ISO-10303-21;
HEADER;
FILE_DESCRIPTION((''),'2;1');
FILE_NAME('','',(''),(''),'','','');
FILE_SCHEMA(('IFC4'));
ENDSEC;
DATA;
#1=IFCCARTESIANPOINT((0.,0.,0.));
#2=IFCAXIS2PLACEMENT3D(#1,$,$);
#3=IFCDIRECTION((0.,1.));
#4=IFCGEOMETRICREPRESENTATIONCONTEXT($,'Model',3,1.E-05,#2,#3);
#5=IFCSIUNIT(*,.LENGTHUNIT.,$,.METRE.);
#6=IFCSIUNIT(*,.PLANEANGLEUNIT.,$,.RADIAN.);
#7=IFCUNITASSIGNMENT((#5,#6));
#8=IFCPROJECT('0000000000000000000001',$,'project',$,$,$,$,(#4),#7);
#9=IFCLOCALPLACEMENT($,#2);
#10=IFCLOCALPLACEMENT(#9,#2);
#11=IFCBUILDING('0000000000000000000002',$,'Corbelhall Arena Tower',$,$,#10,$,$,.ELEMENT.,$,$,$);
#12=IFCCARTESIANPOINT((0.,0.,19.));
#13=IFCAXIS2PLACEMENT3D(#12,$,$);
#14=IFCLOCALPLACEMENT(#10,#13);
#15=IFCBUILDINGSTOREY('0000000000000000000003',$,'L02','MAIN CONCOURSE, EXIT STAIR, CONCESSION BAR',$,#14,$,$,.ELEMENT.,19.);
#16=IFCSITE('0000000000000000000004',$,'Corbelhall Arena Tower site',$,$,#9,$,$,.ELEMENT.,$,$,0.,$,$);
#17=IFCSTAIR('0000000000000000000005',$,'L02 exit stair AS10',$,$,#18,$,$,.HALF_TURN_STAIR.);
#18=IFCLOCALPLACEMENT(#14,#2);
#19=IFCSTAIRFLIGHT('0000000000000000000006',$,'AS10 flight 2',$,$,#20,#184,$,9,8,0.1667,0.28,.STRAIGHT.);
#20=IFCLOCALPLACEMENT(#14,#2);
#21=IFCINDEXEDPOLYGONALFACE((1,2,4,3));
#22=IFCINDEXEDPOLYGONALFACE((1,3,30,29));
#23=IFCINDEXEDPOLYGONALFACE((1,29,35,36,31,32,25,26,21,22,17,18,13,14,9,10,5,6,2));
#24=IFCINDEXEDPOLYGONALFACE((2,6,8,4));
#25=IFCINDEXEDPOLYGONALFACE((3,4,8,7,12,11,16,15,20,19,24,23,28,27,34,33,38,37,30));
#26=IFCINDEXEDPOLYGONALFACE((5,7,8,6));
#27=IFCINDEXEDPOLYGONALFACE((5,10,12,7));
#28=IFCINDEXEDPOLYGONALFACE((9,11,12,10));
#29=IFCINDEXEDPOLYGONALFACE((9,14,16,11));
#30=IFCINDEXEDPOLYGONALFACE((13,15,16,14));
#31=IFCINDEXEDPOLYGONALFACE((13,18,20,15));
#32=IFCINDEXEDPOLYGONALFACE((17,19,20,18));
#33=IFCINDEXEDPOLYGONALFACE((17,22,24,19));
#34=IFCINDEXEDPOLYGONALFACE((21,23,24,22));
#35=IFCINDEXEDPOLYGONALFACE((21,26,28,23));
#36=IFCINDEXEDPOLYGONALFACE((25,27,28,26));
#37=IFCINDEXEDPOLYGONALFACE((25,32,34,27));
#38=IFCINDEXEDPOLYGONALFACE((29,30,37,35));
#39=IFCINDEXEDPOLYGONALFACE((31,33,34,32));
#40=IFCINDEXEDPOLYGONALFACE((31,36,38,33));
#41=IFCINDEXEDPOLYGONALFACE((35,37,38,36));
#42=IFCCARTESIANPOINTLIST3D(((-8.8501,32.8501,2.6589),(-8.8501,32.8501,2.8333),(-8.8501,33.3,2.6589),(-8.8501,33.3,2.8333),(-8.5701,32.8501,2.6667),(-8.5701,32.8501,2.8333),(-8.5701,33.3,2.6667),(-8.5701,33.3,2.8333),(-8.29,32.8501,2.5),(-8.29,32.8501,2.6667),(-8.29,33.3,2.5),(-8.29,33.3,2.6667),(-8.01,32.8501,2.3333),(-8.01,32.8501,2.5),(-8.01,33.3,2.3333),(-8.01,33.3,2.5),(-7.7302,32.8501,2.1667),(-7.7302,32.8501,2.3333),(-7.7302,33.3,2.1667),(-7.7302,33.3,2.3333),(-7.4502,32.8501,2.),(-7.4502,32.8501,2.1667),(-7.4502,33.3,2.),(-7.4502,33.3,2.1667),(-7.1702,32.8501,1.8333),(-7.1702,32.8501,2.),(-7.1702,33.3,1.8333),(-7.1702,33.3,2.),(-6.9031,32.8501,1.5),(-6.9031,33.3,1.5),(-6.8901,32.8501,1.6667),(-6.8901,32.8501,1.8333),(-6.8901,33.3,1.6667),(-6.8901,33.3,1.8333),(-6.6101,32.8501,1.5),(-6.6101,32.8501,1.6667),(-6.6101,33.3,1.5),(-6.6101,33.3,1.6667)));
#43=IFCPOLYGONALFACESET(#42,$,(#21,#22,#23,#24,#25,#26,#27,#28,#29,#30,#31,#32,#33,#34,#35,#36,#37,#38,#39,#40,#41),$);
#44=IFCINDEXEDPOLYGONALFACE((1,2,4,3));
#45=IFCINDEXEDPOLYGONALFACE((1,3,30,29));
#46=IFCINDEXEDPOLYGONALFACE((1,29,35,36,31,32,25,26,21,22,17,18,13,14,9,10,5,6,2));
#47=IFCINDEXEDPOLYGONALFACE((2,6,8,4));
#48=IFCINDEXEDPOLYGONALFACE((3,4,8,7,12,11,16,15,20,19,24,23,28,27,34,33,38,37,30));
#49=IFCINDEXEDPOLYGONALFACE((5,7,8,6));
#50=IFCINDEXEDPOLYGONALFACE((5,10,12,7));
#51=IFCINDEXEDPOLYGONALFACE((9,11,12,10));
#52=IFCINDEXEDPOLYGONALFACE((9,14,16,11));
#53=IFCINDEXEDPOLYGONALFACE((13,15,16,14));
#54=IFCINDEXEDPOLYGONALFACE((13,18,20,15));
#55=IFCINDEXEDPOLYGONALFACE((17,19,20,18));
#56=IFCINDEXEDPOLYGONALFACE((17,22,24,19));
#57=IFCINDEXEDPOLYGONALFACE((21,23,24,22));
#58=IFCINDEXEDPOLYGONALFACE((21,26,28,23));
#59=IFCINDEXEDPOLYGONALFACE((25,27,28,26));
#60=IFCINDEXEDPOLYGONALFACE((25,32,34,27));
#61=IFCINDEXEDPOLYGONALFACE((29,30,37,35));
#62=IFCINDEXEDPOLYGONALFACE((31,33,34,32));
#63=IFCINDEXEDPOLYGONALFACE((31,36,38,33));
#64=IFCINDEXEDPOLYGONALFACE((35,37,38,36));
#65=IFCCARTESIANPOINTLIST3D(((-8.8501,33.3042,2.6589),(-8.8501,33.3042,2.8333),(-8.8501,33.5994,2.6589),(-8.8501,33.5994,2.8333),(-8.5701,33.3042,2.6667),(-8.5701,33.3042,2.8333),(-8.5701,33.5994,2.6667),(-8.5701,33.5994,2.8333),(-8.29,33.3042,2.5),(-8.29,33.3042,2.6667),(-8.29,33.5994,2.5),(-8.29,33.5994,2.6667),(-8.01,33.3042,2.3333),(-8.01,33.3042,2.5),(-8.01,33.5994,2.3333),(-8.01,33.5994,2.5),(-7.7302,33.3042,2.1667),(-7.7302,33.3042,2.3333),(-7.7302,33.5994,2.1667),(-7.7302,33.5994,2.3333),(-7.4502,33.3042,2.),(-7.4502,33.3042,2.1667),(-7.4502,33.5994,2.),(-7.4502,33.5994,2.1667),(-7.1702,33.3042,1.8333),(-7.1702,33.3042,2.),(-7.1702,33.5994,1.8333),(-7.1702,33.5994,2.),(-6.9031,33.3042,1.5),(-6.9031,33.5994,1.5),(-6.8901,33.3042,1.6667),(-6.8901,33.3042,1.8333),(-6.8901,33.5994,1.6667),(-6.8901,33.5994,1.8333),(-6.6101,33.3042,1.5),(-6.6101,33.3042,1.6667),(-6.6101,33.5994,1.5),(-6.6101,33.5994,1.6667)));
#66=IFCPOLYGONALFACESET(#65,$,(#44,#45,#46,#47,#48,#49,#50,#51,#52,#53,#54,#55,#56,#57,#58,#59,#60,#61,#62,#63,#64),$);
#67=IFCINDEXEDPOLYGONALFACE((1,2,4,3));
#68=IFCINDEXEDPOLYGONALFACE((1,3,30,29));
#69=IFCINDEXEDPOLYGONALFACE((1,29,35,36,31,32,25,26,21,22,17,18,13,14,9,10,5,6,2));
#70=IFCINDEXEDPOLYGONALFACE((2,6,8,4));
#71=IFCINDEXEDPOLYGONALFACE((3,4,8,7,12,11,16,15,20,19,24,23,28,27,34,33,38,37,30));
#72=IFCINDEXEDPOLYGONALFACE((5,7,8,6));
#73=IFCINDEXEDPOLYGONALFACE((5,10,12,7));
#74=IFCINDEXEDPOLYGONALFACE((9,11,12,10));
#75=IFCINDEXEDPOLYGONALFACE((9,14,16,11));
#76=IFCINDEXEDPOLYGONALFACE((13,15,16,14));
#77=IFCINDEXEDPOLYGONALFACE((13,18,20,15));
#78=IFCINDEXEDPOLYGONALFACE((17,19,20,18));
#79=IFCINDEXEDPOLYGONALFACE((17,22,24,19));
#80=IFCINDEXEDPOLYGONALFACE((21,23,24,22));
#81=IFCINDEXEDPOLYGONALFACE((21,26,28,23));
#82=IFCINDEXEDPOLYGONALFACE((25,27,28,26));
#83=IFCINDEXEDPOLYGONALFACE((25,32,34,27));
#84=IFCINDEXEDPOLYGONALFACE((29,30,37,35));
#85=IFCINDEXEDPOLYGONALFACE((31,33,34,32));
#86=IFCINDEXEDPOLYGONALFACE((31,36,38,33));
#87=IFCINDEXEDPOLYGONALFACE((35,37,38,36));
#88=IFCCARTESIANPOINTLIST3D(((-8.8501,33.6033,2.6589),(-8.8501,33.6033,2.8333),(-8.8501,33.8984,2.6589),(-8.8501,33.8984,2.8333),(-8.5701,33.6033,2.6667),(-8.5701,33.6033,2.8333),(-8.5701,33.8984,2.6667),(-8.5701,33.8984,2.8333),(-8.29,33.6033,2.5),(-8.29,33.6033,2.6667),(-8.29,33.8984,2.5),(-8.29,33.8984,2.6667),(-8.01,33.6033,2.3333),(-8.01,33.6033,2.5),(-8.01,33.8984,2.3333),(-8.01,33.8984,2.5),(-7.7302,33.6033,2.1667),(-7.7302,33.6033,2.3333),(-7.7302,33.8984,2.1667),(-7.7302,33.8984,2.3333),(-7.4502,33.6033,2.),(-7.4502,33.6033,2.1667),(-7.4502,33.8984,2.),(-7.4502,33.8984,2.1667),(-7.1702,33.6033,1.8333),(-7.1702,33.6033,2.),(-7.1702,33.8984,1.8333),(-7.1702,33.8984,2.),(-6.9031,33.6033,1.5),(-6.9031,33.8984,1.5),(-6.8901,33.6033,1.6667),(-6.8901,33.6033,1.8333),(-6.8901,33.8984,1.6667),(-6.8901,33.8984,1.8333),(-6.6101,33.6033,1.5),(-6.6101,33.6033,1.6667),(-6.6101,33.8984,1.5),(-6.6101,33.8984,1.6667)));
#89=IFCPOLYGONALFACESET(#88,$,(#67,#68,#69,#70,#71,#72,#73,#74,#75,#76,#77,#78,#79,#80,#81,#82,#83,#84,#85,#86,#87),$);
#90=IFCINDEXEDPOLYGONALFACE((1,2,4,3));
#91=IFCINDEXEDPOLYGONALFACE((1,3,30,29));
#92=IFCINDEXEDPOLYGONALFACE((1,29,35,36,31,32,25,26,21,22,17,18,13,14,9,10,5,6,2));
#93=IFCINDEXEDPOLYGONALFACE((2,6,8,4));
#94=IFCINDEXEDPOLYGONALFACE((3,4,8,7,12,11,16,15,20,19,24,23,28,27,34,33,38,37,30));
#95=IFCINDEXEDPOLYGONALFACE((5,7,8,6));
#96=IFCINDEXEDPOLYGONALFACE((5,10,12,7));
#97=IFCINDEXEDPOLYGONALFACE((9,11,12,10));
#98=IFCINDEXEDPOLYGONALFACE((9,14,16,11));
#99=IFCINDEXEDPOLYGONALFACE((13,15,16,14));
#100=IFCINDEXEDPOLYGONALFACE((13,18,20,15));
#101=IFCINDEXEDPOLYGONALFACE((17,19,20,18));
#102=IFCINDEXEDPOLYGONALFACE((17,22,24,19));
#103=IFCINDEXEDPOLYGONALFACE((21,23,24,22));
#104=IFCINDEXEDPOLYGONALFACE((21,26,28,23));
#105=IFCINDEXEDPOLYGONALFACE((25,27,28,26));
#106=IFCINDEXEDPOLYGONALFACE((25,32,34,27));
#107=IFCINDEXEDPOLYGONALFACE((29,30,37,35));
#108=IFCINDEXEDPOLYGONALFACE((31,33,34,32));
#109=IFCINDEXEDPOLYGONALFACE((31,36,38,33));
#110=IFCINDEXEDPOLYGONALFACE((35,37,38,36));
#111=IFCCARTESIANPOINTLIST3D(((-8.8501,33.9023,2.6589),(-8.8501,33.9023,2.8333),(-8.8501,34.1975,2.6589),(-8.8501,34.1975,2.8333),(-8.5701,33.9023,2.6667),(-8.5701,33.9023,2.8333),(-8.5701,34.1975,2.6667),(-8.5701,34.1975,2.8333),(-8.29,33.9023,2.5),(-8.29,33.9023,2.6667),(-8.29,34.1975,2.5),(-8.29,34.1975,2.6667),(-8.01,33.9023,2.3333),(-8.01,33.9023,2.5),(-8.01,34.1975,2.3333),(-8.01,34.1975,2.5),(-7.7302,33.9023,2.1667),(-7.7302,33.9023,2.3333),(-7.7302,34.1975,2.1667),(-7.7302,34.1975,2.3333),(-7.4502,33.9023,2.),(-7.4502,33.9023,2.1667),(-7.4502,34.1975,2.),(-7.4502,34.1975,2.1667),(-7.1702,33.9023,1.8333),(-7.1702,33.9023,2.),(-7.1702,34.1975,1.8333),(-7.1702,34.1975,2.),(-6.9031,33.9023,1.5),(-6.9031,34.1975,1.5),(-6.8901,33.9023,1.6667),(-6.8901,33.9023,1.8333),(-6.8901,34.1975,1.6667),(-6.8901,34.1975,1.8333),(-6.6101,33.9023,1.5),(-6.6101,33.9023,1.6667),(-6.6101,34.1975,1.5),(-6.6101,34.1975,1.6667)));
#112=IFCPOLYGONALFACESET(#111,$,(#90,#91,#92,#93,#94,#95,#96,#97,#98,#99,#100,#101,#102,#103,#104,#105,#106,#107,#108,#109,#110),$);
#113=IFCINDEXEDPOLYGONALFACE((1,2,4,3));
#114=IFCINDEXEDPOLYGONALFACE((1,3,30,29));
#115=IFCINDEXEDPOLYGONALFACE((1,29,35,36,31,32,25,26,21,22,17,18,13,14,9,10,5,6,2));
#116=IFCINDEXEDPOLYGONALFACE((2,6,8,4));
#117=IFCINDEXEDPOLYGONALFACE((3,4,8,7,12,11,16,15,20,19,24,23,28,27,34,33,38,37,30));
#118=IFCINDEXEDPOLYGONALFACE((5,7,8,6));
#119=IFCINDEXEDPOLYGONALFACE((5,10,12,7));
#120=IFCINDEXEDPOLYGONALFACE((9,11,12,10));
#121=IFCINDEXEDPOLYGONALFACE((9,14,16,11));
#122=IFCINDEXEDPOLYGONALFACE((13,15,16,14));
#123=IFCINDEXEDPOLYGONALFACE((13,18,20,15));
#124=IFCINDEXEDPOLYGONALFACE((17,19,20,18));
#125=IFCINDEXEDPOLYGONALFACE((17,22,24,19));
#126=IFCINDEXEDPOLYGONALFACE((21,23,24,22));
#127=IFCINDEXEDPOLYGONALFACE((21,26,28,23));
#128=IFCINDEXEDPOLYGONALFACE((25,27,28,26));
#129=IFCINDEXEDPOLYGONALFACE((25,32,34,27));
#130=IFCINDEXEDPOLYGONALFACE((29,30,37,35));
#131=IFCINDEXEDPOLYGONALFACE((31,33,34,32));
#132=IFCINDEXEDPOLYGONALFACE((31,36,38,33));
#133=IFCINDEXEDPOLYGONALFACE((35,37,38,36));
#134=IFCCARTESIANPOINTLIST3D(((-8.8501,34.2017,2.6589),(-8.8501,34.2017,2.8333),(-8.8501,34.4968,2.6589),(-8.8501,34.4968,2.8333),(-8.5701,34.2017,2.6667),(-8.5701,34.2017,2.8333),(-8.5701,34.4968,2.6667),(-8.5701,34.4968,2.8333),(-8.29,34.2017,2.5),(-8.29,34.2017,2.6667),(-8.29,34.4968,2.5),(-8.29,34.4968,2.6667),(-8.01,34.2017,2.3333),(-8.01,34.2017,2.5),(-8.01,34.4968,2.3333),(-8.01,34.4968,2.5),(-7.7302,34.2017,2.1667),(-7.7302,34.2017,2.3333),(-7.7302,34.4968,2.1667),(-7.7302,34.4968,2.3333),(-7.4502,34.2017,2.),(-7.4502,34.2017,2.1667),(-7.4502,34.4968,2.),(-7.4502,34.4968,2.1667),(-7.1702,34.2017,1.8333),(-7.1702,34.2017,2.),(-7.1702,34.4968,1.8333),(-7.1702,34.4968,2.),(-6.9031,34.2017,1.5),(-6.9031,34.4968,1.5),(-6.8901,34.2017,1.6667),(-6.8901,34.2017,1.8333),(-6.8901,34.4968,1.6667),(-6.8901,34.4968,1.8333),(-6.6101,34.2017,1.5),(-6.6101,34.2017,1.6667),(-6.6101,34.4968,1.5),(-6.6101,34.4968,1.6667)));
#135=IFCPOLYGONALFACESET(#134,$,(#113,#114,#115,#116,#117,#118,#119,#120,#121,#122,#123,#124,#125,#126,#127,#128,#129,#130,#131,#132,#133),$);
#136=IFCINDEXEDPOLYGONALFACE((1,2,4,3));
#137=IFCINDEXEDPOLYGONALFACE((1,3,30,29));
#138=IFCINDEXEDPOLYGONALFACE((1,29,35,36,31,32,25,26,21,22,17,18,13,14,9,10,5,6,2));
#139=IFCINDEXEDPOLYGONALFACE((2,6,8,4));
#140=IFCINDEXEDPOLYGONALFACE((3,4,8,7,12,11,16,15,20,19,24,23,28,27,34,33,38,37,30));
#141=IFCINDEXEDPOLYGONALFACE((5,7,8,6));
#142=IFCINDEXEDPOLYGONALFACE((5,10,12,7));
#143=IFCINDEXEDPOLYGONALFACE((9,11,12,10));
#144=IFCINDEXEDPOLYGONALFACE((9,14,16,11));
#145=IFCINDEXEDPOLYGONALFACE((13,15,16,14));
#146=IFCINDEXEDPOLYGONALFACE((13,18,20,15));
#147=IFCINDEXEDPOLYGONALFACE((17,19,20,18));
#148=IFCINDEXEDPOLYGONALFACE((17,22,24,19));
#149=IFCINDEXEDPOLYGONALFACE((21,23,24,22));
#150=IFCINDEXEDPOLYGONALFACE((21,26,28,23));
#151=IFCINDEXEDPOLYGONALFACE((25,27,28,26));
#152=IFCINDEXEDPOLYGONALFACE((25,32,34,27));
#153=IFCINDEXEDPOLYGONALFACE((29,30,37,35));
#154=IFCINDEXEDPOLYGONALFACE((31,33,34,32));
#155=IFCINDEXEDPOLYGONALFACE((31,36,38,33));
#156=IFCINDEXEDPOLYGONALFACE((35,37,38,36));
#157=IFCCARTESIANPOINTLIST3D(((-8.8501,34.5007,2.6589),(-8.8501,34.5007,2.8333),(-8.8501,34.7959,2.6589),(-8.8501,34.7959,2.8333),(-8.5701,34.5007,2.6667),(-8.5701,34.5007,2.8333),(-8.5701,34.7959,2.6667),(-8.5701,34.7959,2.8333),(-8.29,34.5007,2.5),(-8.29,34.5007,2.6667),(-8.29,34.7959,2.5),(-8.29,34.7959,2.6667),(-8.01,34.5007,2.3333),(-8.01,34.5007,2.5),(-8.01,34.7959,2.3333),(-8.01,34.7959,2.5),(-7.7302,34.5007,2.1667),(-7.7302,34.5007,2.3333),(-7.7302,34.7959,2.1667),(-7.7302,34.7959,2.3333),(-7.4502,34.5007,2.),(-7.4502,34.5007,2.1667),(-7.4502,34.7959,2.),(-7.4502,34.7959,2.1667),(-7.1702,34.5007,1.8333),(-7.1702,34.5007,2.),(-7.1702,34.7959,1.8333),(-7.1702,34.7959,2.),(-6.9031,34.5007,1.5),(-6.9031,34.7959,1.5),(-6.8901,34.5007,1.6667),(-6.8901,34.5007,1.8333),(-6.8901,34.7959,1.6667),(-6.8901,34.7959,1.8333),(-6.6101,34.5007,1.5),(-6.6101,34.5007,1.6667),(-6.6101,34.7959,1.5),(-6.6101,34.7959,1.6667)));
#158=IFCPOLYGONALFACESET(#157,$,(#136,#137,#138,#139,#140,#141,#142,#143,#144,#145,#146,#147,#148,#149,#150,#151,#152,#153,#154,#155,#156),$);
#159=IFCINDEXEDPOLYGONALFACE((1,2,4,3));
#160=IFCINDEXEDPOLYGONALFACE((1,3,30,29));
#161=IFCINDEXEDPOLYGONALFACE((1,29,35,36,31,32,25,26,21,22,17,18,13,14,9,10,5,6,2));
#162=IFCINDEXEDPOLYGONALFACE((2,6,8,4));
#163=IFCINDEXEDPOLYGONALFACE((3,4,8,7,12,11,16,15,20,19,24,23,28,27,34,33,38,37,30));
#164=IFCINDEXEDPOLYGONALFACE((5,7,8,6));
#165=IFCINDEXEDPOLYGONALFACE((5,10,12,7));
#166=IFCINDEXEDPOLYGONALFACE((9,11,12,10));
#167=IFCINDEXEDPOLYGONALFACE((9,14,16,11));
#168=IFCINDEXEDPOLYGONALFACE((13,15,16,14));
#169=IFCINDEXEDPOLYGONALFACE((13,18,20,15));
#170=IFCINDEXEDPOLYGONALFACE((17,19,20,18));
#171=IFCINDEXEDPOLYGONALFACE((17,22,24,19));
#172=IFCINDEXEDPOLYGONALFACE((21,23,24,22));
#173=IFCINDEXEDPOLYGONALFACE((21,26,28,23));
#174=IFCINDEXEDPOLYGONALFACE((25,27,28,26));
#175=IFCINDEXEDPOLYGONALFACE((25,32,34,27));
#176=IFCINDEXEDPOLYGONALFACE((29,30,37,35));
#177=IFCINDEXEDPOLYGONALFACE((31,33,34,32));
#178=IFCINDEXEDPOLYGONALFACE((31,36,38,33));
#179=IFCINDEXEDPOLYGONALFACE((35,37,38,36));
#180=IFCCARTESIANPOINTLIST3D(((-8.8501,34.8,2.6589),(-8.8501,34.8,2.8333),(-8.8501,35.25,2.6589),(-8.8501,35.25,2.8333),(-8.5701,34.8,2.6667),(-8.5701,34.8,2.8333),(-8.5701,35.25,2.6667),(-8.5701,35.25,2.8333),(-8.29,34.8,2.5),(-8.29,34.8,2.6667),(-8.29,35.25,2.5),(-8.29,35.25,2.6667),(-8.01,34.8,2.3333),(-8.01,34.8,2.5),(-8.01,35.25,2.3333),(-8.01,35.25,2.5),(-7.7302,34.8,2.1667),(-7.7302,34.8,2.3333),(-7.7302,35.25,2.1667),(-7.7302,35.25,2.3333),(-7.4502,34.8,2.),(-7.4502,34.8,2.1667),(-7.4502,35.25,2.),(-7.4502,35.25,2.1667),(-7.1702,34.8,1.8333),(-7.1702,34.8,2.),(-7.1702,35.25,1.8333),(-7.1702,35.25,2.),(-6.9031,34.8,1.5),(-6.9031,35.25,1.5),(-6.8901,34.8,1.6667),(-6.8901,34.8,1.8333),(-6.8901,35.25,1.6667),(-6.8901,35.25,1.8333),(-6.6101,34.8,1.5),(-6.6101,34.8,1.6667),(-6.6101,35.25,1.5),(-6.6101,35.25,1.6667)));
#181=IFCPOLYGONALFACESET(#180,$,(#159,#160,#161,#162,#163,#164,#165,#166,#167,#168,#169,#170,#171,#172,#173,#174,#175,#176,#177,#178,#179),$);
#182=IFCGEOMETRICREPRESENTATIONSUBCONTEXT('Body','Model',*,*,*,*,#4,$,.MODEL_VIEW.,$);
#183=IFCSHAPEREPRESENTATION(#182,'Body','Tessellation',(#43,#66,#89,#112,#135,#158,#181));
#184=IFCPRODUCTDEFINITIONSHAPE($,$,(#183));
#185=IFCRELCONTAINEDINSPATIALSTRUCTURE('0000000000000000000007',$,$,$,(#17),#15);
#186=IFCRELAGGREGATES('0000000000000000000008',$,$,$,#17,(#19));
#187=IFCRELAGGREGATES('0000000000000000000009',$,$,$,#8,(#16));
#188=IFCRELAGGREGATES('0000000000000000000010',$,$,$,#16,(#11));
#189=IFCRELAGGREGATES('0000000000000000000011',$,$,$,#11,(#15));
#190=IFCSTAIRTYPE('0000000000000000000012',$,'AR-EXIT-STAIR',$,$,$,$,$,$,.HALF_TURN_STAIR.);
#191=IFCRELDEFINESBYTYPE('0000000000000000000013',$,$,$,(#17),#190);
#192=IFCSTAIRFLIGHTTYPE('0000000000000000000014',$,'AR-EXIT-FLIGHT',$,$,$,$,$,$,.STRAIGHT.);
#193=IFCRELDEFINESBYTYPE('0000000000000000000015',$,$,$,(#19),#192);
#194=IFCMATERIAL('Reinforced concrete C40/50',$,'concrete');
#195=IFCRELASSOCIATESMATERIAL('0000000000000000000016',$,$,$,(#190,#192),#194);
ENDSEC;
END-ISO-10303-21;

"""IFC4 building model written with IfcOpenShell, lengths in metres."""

from ifc_helpers import new_model, si_unit, direction, frame, origin, place, context, subcontext, project, spatial, polyline, outline, extrude, material, type_object, element, aggregate, save


model = new_model("IFC4")

# Units and contexts
model_context = context("Model", 3, precision=1e-05, world=origin(), true_north=direction((0.0, 1.0)))
body_context = subcontext(model_context, "Body", "Model", "MODEL_VIEW")
ifc_project = project(units=[si_unit("LENGTHUNIT", "METRE"), si_unit("PLANEANGLEUNIT", "RADIAN")], contexts=[model_context])

# Site, building, storey
site_placement = place(None, origin())
site = spatial("IfcSite", under=ifc_project, at=site_placement, Name="Corbelhall Arena Tower site", CompositionType="ELEMENT", RefElevation=0.0)
building_placement = place(site_placement, origin())
building = spatial("IfcBuilding", under=site, at=building_placement, Name="Corbelhall Arena Tower", CompositionType="ELEMENT")
storey_placement = place(building_placement, frame((0.0, 0.0, 19.0)))
storey = spatial("IfcBuildingStorey", under=building, at=storey_placement, Name="L02", Description="MAIN CONCOURSE, EXIT STAIR, CONCESSION BAR", CompositionType="ELEMENT", Elevation=19.0)

# Shared definitions
ifc_material_1 = material(Name="Reinforced concrete C40/50", Category="concrete")

# Stair, stair flight
stair_type = type_object("IfcStairType", Name="AR-EXIT-STAIR", PredefinedType="HALF_TURN_STAIR", material=ifc_material_1)
stair_flight_type = type_object("IfcStairFlightType", Name="AR-EXIT-FLIGHT", PredefinedType="STRAIGHT", material=ifc_material_1)
stair_1_placement = place(storey_placement, origin())
stair_1 = element("IfcStair", 1, at=stair_1_placement, inside=storey, type_object=stair_type, Name="L02 exit stair AS10", PredefinedType="HALF_TURN_STAIR")
stair_flight_1_placement = place(storey_placement, frame((-6.6101, 34.05, 1.5), z_axis=(0.0, 0.0, 1.0), x_axis=(-1.0, 0.0, 0.0)))
stair_flight_1 = element("IfcStairFlight", 2, at=stair_flight_1_placement, type_object=stair_flight_type, Name="AS10 flight 2", NumberOfRisers=9, NumberOfTreads=8, PredefinedType="STRAIGHT", RiserHeight=0.1667, TreadLength=0.28, context=body_context, shape_type="SweptSolid", body=[
    extrude(outline(polyline([(0.0, 0.0), (0.0, 0.1667), (0.28, 0.1667), (0.28, 0.3333), (0.5601, 0.3333), (0.5601, 0.5), (0.8401, 0.5), (0.8401, 0.6667), (1.1201, 0.6667), (1.1201, 0.8333), (1.3999, 0.8333), (1.3999, 1.0), (1.6799, 1.0), (1.6799, 1.1667), (1.96, 1.1667), (1.96, 1.3333), (2.24, 1.3333), (2.24, 1.5), (2.24, 1.1589), (0.293, 0.0), (0.0, 0.0)])), frame((0.0, 1.2, 0.0), z_axis=(0.0, -1.0, 0.0), x_axis=(1.0, 0.0, 0.0)), (0.0, 0.0, 1.0), 0.45),
    extrude(outline(polyline([(0.0, 0.0), (0.0, 0.1667), (0.28, 0.1667), (0.28, 0.3333), (0.5601, 0.3333), (0.5601, 0.5), (0.8401, 0.5), (0.8401, 0.6667), (1.1201, 0.6667), (1.1201, 0.8333), (1.3999, 0.8333), (1.3999, 1.0), (1.6799, 1.0), (1.6799, 1.1667), (1.96, 1.1667), (1.96, 1.3333), (2.24, 1.3333), (2.24, 1.5), (2.24, 1.1589), (0.293, 0.0), (0.0, 0.0)])), frame((0.0, 0.7458, 0.0), z_axis=(0.0, -1.0, 0.0), x_axis=(1.0, 0.0, 0.0)), (0.0, 0.0, 1.0), 0.2952),
    extrude(outline(polyline([(0.0, 0.0), (0.0, 0.1667), (0.28, 0.1667), (0.28, 0.3333), (0.5601, 0.3333), (0.5601, 0.5), (0.8401, 0.5), (0.8401, 0.6667), (1.1201, 0.6667), (1.1201, 0.8333), (1.3999, 0.8333), (1.3999, 1.0), (1.6799, 1.0), (1.6799, 1.1667), (1.96, 1.1667), (1.96, 1.3333), (2.24, 1.3333), (2.24, 1.5), (2.24, 1.1589), (0.293, 0.0), (0.0, 0.0)])), frame((0.0, 0.4468, 0.0), z_axis=(0.0, -1.0, 0.0), x_axis=(1.0, 0.0, 0.0)), (0.0, 0.0, 1.0), 0.2952),
    extrude(outline(polyline([(0.0, 0.0), (0.0, 0.1667), (0.28, 0.1667), (0.28, 0.3333), (0.5601, 0.3333), (0.5601, 0.5), (0.8401, 0.5), (0.8401, 0.6667), (1.1201, 0.6667), (1.1201, 0.8333), (1.3999, 0.8333), (1.3999, 1.0), (1.6799, 1.0), (1.6799, 1.1667), (1.96, 1.1667), (1.96, 1.3333), (2.24, 1.3333), (2.24, 1.5), (2.24, 1.1589), (0.293, 0.0), (0.0, 0.0)])), frame((0.0, 0.1477, 0.0), z_axis=(0.0, -1.0, 0.0), x_axis=(1.0, 0.0, 0.0)), (0.0, 0.0, 1.0), 0.2952),
    extrude(outline(polyline([(0.0, 0.0), (0.0, 0.1667), (0.28, 0.1667), (0.28, 0.3333), (0.5601, 0.3333), (0.5601, 0.5), (0.8401, 0.5), (0.8401, 0.6667), (1.1201, 0.6667), (1.1201, 0.8333), (1.3999, 0.8333), (1.3999, 1.0), (1.6799, 1.0), (1.6799, 1.1667), (1.96, 1.1667), (1.96, 1.3333), (2.24, 1.3333), (2.24, 1.5), (2.24, 1.1589), (0.293, 0.0), (0.0, 0.0)])), frame((0.0, -0.1516, 0.0), z_axis=(0.0, -1.0, 0.0), x_axis=(1.0, 0.0, 0.0)), (0.0, 0.0, 1.0), 0.2952),
    extrude(outline(polyline([(0.0, 0.0), (0.0, 0.1667), (0.28, 0.1667), (0.28, 0.3333), (0.5601, 0.3333), (0.5601, 0.5), (0.8401, 0.5), (0.8401, 0.6667), (1.1201, 0.6667), (1.1201, 0.8333), (1.3999, 0.8333), (1.3999, 1.0), (1.6799, 1.0), (1.6799, 1.1667), (1.96, 1.1667), (1.96, 1.3333), (2.24, 1.3333), (2.24, 1.5), (2.24, 1.1589), (0.293, 0.0), (0.0, 0.0)])), frame((0.0, -0.4507, 0.0), z_axis=(0.0, -1.0, 0.0), x_axis=(1.0, 0.0, 0.0)), (0.0, 0.0, 1.0), 0.2952),
    extrude(outline(polyline([(0.0, 0.0), (0.0, 0.1667), (0.28, 0.1667), (0.28, 0.3333), (0.5601, 0.3333), (0.5601, 0.5), (0.8401, 0.5), (0.8401, 0.6667), (1.1201, 0.6667), (1.1201, 0.8333), (1.3999, 0.8333), (1.3999, 1.0), (1.6799, 1.0), (1.6799, 1.1667), (1.96, 1.1667), (1.96, 1.3333), (2.24, 1.3333), (2.24, 1.5), (2.24, 1.1589), (0.293, 0.0), (0.0, 0.0)])), frame((0.0, -0.75, 0.0), z_axis=(0.0, -1.0, 0.0), x_axis=(1.0, 0.0, 0.0)), (0.0, 0.0, 1.0), 0.45),
])
aggregate(stair_1, [stair_flight_1])

save(model, "model.ifc")
